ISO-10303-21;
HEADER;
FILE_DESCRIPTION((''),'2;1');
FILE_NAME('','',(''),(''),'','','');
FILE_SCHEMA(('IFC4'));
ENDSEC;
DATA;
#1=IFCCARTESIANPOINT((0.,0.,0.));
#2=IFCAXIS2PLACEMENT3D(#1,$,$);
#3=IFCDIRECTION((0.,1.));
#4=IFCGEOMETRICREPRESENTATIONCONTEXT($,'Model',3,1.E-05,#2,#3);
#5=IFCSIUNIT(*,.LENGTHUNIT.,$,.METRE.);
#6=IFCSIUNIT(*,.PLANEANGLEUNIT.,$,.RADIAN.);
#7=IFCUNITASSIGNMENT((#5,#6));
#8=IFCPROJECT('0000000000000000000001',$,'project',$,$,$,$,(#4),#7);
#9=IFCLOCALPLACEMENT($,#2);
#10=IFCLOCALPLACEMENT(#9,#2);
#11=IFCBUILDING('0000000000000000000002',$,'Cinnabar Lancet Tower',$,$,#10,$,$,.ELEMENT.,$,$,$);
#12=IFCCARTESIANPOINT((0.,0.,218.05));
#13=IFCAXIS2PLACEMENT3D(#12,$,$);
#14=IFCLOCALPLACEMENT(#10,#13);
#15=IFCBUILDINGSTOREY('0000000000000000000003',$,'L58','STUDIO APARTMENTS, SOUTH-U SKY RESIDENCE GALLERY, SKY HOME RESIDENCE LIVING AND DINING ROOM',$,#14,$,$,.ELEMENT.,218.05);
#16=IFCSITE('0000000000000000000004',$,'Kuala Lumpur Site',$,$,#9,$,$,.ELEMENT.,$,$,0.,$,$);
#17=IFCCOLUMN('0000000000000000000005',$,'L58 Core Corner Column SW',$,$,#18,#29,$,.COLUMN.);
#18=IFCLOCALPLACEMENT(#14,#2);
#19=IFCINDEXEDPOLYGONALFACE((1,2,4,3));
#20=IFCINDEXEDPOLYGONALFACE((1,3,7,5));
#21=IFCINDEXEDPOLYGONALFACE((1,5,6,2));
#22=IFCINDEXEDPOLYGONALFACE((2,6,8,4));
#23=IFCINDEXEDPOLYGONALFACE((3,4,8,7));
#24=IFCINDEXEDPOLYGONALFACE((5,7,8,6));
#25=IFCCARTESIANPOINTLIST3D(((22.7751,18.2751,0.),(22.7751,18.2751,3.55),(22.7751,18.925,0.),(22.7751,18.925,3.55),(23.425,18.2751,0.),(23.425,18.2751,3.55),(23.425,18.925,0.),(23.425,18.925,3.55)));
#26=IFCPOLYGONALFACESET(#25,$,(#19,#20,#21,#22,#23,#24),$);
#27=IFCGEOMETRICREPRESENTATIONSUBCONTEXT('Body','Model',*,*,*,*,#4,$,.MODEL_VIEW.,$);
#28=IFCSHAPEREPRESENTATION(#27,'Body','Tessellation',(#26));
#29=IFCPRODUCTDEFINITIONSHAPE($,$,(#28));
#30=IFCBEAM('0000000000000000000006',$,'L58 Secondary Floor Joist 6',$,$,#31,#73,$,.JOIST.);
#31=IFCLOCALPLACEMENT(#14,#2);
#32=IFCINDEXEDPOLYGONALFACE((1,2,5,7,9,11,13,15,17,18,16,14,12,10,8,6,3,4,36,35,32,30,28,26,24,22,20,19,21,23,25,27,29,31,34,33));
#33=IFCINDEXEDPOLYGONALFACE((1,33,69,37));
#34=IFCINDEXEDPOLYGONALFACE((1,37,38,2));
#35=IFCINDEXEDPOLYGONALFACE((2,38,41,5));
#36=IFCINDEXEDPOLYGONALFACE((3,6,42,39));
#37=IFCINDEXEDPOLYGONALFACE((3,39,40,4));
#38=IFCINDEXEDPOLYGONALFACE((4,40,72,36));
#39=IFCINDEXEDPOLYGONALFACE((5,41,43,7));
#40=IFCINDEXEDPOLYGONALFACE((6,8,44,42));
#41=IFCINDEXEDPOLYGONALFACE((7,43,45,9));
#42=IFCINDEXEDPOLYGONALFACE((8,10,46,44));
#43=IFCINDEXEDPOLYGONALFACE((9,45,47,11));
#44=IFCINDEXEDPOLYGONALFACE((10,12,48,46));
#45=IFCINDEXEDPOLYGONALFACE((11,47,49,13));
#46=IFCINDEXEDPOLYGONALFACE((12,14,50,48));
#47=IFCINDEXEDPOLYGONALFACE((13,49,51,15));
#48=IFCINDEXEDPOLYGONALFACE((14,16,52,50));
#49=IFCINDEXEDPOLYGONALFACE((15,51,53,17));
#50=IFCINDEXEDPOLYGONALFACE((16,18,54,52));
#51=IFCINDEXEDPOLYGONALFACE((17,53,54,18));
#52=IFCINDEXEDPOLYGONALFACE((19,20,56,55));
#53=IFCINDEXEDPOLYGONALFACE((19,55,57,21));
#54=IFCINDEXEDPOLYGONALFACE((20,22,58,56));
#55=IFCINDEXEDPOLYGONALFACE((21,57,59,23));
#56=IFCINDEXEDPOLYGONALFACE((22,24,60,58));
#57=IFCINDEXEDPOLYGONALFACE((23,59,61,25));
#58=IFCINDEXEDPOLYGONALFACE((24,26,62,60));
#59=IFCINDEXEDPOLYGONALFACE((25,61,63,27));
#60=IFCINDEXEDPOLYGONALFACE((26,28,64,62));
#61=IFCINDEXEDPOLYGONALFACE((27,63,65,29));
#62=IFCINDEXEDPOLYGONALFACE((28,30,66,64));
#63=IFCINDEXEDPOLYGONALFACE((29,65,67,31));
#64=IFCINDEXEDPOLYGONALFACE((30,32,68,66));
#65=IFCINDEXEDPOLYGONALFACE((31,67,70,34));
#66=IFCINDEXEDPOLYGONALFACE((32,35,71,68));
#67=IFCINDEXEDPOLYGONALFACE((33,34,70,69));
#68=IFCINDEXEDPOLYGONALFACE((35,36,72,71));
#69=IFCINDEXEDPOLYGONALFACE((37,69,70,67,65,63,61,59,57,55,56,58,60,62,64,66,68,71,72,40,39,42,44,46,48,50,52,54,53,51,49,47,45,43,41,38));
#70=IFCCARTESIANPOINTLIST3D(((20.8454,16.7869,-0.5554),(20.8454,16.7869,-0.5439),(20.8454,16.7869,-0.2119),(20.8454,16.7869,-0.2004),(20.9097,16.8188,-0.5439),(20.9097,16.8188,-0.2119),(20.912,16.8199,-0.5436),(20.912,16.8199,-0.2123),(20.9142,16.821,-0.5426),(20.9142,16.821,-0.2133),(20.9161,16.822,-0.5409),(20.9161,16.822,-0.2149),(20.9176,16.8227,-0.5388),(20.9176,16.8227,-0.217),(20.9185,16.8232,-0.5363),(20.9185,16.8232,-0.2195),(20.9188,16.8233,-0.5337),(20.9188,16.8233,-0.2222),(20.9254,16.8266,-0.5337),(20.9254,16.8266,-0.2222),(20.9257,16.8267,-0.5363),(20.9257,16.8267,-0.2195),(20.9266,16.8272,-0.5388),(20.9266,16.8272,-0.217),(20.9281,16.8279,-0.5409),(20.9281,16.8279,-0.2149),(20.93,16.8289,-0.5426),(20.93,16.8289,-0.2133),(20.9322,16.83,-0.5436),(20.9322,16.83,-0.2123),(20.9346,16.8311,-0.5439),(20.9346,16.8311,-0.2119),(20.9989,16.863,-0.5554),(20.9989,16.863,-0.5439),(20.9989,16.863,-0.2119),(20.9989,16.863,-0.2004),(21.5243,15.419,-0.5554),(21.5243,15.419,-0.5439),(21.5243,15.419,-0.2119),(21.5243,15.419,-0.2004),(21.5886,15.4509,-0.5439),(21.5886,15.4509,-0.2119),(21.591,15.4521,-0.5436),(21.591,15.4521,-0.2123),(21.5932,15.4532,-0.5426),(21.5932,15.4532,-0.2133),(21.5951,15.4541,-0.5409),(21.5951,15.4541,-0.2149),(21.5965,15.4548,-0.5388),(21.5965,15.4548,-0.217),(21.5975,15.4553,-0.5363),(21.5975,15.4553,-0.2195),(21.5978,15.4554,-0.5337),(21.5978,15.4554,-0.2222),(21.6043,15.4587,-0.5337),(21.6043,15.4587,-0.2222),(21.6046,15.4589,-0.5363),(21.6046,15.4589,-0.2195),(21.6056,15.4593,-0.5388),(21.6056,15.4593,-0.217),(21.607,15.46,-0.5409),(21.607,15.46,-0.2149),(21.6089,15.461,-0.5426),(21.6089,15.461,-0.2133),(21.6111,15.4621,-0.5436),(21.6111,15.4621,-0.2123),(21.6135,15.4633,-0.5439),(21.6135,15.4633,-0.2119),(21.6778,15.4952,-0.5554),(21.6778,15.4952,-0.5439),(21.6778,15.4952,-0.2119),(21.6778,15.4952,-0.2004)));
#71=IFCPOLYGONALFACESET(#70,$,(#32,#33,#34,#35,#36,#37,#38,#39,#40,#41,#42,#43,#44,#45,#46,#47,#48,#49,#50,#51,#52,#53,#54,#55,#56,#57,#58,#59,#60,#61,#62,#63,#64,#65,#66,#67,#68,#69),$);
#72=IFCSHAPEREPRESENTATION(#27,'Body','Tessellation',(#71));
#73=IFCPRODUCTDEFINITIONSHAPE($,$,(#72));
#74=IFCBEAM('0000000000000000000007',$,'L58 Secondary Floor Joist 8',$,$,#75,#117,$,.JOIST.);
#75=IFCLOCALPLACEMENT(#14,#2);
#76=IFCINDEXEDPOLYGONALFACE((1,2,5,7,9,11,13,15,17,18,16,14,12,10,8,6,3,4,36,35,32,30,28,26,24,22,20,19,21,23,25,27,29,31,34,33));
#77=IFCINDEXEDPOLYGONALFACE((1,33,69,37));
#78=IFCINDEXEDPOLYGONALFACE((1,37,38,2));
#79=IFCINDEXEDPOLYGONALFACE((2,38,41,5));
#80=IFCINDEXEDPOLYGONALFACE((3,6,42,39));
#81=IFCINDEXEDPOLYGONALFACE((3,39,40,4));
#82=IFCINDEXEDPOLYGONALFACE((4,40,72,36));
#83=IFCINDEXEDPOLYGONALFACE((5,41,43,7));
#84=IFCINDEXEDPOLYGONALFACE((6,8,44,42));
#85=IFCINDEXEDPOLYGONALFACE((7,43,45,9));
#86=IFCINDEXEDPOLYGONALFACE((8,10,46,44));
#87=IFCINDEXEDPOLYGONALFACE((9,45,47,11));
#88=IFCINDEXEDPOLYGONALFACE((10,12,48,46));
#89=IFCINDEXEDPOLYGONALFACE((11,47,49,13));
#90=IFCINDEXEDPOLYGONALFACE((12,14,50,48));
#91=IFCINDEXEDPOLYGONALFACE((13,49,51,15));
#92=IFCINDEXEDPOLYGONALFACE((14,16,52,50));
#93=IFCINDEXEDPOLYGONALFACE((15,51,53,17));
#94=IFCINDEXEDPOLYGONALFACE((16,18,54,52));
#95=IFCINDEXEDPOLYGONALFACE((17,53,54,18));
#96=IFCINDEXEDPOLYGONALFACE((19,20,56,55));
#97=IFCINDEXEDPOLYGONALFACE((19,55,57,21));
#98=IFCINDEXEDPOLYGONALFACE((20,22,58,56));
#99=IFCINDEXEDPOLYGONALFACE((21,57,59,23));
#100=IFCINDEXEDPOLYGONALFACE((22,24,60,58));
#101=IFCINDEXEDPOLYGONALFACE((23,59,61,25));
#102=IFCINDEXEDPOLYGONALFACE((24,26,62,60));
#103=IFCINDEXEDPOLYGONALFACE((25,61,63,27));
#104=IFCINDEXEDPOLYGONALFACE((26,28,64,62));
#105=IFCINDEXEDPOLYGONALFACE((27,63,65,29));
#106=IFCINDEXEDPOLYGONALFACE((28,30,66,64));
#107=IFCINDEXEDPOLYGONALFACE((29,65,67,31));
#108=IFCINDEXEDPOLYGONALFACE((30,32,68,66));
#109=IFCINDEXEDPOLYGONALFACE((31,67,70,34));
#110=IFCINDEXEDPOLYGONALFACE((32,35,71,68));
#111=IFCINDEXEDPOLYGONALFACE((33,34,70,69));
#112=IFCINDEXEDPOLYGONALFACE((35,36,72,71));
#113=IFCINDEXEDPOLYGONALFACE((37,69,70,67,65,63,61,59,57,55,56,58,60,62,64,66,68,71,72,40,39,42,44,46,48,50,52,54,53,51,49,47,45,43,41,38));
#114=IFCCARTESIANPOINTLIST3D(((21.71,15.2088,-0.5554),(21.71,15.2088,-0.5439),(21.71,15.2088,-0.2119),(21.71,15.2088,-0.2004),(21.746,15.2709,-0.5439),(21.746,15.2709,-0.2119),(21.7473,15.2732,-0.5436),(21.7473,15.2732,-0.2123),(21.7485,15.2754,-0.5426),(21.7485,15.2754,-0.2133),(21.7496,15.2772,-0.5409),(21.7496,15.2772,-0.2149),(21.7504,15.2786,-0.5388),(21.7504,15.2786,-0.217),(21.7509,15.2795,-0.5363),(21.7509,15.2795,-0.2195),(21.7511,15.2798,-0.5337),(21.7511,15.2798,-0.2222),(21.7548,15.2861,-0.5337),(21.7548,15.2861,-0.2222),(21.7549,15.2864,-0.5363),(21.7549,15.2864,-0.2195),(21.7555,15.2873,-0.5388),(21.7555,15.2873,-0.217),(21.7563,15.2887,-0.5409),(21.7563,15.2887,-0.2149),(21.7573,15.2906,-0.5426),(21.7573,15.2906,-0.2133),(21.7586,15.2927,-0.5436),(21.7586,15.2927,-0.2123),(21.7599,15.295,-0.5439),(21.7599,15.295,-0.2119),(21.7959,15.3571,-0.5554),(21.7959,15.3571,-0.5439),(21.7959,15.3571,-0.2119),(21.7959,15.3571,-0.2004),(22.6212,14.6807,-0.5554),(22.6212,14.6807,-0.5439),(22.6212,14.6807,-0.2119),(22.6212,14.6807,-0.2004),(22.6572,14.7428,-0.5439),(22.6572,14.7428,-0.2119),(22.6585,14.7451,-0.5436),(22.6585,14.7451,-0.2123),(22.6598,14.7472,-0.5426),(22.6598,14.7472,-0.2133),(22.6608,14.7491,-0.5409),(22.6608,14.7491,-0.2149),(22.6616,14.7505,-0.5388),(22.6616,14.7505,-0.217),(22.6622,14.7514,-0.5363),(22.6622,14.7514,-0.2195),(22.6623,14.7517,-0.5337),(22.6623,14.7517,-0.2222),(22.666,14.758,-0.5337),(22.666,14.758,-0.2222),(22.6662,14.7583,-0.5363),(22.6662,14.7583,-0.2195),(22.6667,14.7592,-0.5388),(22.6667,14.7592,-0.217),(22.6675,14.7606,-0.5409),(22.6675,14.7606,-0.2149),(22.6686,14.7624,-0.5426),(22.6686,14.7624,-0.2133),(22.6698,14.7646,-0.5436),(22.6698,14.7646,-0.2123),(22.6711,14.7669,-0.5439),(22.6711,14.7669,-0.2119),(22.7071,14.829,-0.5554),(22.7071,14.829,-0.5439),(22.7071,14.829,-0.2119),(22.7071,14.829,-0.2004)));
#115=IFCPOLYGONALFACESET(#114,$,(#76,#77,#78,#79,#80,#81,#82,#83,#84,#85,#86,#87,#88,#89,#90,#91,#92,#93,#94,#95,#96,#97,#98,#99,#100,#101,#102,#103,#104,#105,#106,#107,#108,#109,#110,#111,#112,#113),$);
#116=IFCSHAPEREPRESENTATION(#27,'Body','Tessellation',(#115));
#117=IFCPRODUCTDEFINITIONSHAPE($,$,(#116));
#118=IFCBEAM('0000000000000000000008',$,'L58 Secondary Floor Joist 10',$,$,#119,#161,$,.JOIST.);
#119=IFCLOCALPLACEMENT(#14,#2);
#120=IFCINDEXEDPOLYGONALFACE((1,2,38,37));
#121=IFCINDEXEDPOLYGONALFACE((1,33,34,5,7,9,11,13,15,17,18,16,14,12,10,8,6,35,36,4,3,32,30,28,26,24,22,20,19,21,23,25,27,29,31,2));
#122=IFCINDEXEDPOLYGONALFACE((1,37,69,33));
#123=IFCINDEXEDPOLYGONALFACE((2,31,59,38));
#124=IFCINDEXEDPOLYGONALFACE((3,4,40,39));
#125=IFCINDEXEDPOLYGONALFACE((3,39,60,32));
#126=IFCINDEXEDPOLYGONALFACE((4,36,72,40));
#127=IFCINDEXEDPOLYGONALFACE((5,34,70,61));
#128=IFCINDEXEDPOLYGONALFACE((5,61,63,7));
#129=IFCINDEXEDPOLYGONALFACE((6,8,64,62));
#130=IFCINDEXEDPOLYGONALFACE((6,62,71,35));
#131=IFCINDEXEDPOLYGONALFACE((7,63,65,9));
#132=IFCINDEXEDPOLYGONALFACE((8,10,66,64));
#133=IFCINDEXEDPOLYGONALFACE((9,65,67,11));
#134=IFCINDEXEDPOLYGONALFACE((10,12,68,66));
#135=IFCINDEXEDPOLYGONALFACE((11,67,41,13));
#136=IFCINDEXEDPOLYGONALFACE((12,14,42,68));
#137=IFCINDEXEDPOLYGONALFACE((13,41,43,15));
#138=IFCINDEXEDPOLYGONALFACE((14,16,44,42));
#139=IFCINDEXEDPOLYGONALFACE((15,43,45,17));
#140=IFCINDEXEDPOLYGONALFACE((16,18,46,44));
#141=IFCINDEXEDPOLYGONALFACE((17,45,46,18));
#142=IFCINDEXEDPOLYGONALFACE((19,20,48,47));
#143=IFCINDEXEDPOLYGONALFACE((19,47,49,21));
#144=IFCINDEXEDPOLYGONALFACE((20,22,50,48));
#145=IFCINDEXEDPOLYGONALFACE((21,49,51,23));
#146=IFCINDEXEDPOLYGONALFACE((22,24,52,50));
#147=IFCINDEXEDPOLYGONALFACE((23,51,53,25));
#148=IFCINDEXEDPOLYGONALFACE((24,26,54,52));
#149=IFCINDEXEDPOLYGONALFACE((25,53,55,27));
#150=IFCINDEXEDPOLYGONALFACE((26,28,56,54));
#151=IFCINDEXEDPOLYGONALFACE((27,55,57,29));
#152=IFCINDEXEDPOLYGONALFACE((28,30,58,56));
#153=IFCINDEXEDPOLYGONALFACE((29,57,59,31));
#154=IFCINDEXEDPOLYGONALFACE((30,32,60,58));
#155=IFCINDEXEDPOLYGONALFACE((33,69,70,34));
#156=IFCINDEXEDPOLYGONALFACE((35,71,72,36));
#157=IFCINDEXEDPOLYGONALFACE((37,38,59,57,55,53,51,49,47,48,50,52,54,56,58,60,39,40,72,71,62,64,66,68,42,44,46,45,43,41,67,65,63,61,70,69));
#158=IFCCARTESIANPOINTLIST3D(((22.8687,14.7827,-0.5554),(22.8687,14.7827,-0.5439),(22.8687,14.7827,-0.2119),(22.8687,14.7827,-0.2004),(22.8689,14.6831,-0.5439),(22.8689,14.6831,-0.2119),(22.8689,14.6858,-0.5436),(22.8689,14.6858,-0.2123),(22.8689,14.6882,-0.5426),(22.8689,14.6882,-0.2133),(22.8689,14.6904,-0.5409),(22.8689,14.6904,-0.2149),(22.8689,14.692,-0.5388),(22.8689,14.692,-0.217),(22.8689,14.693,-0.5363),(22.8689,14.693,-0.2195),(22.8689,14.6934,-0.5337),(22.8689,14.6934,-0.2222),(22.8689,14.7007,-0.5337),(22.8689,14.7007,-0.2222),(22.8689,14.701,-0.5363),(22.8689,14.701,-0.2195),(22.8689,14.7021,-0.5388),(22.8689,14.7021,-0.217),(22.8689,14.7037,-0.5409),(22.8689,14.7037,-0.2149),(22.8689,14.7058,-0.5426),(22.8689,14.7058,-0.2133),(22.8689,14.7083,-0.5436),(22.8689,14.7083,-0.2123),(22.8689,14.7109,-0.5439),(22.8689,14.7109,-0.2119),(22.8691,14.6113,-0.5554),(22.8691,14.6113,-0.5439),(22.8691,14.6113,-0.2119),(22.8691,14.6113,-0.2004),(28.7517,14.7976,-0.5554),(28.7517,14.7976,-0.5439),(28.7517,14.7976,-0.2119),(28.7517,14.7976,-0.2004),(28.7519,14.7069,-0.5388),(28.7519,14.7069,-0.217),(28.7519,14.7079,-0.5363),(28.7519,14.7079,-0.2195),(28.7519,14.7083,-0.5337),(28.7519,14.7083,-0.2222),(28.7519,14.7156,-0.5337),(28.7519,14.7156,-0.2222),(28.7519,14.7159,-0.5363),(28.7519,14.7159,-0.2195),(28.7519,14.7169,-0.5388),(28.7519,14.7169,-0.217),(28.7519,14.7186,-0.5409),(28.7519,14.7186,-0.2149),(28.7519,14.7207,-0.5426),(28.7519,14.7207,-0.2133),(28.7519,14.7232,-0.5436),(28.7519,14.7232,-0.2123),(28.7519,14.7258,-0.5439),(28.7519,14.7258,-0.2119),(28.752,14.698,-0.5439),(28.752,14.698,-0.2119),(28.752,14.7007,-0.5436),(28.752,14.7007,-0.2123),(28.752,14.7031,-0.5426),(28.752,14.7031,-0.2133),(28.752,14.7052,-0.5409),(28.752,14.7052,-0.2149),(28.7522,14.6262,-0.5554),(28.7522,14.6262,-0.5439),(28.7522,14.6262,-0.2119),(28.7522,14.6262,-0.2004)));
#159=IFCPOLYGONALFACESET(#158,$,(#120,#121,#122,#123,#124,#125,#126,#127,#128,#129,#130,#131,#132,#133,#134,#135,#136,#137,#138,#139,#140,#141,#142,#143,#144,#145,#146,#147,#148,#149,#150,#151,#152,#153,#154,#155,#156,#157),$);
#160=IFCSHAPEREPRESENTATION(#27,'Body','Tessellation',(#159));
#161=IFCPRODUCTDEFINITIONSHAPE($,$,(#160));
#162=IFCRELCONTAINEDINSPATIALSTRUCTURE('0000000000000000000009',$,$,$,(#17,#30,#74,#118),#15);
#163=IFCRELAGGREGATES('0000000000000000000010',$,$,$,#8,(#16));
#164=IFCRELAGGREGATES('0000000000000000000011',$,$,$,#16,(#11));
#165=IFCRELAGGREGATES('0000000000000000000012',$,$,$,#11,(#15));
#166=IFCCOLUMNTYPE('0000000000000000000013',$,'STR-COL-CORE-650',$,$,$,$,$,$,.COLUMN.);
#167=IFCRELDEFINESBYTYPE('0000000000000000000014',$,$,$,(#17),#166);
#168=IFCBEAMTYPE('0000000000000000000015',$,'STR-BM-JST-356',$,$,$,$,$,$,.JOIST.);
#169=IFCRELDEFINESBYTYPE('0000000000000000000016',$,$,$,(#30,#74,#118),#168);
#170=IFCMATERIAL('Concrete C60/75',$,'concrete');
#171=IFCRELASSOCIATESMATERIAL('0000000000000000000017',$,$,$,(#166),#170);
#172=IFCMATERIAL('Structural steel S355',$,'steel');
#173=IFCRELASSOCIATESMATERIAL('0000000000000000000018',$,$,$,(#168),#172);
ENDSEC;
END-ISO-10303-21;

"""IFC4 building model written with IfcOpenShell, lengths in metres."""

from ifc_helpers import new_model, si_unit, direction, frame, origin, origin_2d, place, context, subcontext, project, spatial, rectangle, i_section, extrude, material, material_profile, profile_set, type_object, element, save


model = new_model("IFC4")

# Units and contexts
model_context = context("Model", 3, precision=1e-05, world=origin(), true_north=direction((0.0, 1.0)))
body_context = subcontext(model_context, "Body", "Model", "MODEL_VIEW")
ifc_project = project(units=[si_unit("LENGTHUNIT", "METRE"), si_unit("PLANEANGLEUNIT", "RADIAN")], contexts=[model_context])

# Site, building, storey
site_placement = place(None, origin())
site = spatial("IfcSite", under=ifc_project, at=site_placement, Name="Kuala Lumpur Site", CompositionType="ELEMENT", RefElevation=0.0)
building_placement = place(site_placement, origin())
building = spatial("IfcBuilding", under=site, at=building_placement, Name="Cinnabar Lancet Tower", CompositionType="ELEMENT")
storey_placement = place(building_placement, frame((0.0, 0.0, 218.05)))
storey = spatial("IfcBuildingStorey", under=building, at=storey_placement, Name="L58", Description="STUDIO APARTMENTS, SOUTH-U SKY RESIDENCE GALLERY, SKY HOME RESIDENCE LIVING AND DINING ROOM", CompositionType="ELEMENT", Elevation=218.05)

# Column
ifc_material_1 = material(Name="Concrete C60/75", Category="concrete")
ifc_material_profile_1 = material_profile(ifc_material_1, rectangle(XDim=0.6499, YDim=0.6499, at=origin_2d()), Name="RC-COL 650x650")
ifc_profile_set_1 = profile_set([ifc_material_profile_1], Name="Concrete C60/75")
column_type = type_object("IfcColumnType", Name="STR-COL-CORE-650", PredefinedType="COLUMN", material=ifc_profile_set_1)
column_placement = place(storey_placement, frame((23.1001, 18.6001, 0.0), z_axis=(0.0, 0.0, 1.0), x_axis=(1.0, 0.0, 0.0)))
element("IfcColumn", 1, at=column_placement, inside=storey, type_object=column_type, Name="L58 Core Corner Column SW", PredefinedType="COLUMN", context=body_context, shape_type="SweptSolid", body=[
    extrude(rectangle(XDim=0.6499, YDim=0.6499, at=origin_2d()), origin(), (0.0, 0.0, 1.0), 3.55),
])

# Beams
ifc_material_2 = material(Name="Structural steel S355", Category="steel")
ifc_material_profile_2 = material_profile(ifc_material_2, i_section(OverallWidth=0.1714, OverallDepth=0.355, WebThickness=0.0073, FlangeThickness=0.0115, FilletRadius=0.0103, at=origin_2d()), Name="UKB 356x171x51")
ifc_profile_set_2 = profile_set([ifc_material_profile_2], Name="Structural steel S355")
beam_type_1 = type_object("IfcBeamType", Name="STR-BM-JST-356", PredefinedType="JOIST", material=ifc_profile_set_2)
beam_1_placement = place(storey_placement, frame((20.9221, 16.825, -0.3779), z_axis=(0.44459, -0.895734, 0.0), x_axis=(0.895734, 0.44459, 0.0)))
element("IfcBeam", 2, at=beam_1_placement, inside=storey, type_object=beam_type_1, Name="L58 Secondary Floor Joist 6", PredefinedType="JOIST", context=body_context, shape_type="SweptSolid", body=[
    extrude(i_section(OverallWidth=0.1714, OverallDepth=0.355, WebThickness=0.0073, FlangeThickness=0.0115, FilletRadius=0.0103, at=origin_2d()), origin(), (0.0, 0.0, 1.0), 1.5271),
])
beam_2_placement = place(storey_placement, frame((21.7529, 15.283, -0.3779), z_axis=(0.865188, -0.501447, 0.0), x_axis=(0.501447, 0.865188, 0.0)))
element("IfcBeam", 3, at=beam_2_placement, inside=storey, type_object=beam_type_1, Name="L58 Secondary Floor Joist 8", PredefinedType="JOIST", context=body_context, shape_type="SweptSolid", body=[
    extrude(i_section(OverallWidth=0.1714, OverallDepth=0.355, WebThickness=0.0073, FlangeThickness=0.0115, FilletRadius=0.0103, at=origin_2d()), origin(), (0.0, 0.0, 1.0), 1.0532),
])
beam_3_placement = place(storey_placement, frame((22.8689, 14.697, -0.3779), z_axis=(0.999997, 0.002531, 0.0), x_axis=(-0.002531, 0.999997, 0.0)))
element("IfcBeam", 4, at=beam_3_placement, inside=storey, type_object=beam_type_1, Name="L58 Secondary Floor Joist 10", PredefinedType="JOIST", context=body_context, shape_type="SweptSolid", body=[
    extrude(i_section(OverallWidth=0.1714, OverallDepth=0.355, WebThickness=0.0073, FlangeThickness=0.0115, FilletRadius=0.0103, at=origin_2d()), origin(), (0.0, 0.0, 1.0), 5.8831),
])

save(model, "model.ifc")
